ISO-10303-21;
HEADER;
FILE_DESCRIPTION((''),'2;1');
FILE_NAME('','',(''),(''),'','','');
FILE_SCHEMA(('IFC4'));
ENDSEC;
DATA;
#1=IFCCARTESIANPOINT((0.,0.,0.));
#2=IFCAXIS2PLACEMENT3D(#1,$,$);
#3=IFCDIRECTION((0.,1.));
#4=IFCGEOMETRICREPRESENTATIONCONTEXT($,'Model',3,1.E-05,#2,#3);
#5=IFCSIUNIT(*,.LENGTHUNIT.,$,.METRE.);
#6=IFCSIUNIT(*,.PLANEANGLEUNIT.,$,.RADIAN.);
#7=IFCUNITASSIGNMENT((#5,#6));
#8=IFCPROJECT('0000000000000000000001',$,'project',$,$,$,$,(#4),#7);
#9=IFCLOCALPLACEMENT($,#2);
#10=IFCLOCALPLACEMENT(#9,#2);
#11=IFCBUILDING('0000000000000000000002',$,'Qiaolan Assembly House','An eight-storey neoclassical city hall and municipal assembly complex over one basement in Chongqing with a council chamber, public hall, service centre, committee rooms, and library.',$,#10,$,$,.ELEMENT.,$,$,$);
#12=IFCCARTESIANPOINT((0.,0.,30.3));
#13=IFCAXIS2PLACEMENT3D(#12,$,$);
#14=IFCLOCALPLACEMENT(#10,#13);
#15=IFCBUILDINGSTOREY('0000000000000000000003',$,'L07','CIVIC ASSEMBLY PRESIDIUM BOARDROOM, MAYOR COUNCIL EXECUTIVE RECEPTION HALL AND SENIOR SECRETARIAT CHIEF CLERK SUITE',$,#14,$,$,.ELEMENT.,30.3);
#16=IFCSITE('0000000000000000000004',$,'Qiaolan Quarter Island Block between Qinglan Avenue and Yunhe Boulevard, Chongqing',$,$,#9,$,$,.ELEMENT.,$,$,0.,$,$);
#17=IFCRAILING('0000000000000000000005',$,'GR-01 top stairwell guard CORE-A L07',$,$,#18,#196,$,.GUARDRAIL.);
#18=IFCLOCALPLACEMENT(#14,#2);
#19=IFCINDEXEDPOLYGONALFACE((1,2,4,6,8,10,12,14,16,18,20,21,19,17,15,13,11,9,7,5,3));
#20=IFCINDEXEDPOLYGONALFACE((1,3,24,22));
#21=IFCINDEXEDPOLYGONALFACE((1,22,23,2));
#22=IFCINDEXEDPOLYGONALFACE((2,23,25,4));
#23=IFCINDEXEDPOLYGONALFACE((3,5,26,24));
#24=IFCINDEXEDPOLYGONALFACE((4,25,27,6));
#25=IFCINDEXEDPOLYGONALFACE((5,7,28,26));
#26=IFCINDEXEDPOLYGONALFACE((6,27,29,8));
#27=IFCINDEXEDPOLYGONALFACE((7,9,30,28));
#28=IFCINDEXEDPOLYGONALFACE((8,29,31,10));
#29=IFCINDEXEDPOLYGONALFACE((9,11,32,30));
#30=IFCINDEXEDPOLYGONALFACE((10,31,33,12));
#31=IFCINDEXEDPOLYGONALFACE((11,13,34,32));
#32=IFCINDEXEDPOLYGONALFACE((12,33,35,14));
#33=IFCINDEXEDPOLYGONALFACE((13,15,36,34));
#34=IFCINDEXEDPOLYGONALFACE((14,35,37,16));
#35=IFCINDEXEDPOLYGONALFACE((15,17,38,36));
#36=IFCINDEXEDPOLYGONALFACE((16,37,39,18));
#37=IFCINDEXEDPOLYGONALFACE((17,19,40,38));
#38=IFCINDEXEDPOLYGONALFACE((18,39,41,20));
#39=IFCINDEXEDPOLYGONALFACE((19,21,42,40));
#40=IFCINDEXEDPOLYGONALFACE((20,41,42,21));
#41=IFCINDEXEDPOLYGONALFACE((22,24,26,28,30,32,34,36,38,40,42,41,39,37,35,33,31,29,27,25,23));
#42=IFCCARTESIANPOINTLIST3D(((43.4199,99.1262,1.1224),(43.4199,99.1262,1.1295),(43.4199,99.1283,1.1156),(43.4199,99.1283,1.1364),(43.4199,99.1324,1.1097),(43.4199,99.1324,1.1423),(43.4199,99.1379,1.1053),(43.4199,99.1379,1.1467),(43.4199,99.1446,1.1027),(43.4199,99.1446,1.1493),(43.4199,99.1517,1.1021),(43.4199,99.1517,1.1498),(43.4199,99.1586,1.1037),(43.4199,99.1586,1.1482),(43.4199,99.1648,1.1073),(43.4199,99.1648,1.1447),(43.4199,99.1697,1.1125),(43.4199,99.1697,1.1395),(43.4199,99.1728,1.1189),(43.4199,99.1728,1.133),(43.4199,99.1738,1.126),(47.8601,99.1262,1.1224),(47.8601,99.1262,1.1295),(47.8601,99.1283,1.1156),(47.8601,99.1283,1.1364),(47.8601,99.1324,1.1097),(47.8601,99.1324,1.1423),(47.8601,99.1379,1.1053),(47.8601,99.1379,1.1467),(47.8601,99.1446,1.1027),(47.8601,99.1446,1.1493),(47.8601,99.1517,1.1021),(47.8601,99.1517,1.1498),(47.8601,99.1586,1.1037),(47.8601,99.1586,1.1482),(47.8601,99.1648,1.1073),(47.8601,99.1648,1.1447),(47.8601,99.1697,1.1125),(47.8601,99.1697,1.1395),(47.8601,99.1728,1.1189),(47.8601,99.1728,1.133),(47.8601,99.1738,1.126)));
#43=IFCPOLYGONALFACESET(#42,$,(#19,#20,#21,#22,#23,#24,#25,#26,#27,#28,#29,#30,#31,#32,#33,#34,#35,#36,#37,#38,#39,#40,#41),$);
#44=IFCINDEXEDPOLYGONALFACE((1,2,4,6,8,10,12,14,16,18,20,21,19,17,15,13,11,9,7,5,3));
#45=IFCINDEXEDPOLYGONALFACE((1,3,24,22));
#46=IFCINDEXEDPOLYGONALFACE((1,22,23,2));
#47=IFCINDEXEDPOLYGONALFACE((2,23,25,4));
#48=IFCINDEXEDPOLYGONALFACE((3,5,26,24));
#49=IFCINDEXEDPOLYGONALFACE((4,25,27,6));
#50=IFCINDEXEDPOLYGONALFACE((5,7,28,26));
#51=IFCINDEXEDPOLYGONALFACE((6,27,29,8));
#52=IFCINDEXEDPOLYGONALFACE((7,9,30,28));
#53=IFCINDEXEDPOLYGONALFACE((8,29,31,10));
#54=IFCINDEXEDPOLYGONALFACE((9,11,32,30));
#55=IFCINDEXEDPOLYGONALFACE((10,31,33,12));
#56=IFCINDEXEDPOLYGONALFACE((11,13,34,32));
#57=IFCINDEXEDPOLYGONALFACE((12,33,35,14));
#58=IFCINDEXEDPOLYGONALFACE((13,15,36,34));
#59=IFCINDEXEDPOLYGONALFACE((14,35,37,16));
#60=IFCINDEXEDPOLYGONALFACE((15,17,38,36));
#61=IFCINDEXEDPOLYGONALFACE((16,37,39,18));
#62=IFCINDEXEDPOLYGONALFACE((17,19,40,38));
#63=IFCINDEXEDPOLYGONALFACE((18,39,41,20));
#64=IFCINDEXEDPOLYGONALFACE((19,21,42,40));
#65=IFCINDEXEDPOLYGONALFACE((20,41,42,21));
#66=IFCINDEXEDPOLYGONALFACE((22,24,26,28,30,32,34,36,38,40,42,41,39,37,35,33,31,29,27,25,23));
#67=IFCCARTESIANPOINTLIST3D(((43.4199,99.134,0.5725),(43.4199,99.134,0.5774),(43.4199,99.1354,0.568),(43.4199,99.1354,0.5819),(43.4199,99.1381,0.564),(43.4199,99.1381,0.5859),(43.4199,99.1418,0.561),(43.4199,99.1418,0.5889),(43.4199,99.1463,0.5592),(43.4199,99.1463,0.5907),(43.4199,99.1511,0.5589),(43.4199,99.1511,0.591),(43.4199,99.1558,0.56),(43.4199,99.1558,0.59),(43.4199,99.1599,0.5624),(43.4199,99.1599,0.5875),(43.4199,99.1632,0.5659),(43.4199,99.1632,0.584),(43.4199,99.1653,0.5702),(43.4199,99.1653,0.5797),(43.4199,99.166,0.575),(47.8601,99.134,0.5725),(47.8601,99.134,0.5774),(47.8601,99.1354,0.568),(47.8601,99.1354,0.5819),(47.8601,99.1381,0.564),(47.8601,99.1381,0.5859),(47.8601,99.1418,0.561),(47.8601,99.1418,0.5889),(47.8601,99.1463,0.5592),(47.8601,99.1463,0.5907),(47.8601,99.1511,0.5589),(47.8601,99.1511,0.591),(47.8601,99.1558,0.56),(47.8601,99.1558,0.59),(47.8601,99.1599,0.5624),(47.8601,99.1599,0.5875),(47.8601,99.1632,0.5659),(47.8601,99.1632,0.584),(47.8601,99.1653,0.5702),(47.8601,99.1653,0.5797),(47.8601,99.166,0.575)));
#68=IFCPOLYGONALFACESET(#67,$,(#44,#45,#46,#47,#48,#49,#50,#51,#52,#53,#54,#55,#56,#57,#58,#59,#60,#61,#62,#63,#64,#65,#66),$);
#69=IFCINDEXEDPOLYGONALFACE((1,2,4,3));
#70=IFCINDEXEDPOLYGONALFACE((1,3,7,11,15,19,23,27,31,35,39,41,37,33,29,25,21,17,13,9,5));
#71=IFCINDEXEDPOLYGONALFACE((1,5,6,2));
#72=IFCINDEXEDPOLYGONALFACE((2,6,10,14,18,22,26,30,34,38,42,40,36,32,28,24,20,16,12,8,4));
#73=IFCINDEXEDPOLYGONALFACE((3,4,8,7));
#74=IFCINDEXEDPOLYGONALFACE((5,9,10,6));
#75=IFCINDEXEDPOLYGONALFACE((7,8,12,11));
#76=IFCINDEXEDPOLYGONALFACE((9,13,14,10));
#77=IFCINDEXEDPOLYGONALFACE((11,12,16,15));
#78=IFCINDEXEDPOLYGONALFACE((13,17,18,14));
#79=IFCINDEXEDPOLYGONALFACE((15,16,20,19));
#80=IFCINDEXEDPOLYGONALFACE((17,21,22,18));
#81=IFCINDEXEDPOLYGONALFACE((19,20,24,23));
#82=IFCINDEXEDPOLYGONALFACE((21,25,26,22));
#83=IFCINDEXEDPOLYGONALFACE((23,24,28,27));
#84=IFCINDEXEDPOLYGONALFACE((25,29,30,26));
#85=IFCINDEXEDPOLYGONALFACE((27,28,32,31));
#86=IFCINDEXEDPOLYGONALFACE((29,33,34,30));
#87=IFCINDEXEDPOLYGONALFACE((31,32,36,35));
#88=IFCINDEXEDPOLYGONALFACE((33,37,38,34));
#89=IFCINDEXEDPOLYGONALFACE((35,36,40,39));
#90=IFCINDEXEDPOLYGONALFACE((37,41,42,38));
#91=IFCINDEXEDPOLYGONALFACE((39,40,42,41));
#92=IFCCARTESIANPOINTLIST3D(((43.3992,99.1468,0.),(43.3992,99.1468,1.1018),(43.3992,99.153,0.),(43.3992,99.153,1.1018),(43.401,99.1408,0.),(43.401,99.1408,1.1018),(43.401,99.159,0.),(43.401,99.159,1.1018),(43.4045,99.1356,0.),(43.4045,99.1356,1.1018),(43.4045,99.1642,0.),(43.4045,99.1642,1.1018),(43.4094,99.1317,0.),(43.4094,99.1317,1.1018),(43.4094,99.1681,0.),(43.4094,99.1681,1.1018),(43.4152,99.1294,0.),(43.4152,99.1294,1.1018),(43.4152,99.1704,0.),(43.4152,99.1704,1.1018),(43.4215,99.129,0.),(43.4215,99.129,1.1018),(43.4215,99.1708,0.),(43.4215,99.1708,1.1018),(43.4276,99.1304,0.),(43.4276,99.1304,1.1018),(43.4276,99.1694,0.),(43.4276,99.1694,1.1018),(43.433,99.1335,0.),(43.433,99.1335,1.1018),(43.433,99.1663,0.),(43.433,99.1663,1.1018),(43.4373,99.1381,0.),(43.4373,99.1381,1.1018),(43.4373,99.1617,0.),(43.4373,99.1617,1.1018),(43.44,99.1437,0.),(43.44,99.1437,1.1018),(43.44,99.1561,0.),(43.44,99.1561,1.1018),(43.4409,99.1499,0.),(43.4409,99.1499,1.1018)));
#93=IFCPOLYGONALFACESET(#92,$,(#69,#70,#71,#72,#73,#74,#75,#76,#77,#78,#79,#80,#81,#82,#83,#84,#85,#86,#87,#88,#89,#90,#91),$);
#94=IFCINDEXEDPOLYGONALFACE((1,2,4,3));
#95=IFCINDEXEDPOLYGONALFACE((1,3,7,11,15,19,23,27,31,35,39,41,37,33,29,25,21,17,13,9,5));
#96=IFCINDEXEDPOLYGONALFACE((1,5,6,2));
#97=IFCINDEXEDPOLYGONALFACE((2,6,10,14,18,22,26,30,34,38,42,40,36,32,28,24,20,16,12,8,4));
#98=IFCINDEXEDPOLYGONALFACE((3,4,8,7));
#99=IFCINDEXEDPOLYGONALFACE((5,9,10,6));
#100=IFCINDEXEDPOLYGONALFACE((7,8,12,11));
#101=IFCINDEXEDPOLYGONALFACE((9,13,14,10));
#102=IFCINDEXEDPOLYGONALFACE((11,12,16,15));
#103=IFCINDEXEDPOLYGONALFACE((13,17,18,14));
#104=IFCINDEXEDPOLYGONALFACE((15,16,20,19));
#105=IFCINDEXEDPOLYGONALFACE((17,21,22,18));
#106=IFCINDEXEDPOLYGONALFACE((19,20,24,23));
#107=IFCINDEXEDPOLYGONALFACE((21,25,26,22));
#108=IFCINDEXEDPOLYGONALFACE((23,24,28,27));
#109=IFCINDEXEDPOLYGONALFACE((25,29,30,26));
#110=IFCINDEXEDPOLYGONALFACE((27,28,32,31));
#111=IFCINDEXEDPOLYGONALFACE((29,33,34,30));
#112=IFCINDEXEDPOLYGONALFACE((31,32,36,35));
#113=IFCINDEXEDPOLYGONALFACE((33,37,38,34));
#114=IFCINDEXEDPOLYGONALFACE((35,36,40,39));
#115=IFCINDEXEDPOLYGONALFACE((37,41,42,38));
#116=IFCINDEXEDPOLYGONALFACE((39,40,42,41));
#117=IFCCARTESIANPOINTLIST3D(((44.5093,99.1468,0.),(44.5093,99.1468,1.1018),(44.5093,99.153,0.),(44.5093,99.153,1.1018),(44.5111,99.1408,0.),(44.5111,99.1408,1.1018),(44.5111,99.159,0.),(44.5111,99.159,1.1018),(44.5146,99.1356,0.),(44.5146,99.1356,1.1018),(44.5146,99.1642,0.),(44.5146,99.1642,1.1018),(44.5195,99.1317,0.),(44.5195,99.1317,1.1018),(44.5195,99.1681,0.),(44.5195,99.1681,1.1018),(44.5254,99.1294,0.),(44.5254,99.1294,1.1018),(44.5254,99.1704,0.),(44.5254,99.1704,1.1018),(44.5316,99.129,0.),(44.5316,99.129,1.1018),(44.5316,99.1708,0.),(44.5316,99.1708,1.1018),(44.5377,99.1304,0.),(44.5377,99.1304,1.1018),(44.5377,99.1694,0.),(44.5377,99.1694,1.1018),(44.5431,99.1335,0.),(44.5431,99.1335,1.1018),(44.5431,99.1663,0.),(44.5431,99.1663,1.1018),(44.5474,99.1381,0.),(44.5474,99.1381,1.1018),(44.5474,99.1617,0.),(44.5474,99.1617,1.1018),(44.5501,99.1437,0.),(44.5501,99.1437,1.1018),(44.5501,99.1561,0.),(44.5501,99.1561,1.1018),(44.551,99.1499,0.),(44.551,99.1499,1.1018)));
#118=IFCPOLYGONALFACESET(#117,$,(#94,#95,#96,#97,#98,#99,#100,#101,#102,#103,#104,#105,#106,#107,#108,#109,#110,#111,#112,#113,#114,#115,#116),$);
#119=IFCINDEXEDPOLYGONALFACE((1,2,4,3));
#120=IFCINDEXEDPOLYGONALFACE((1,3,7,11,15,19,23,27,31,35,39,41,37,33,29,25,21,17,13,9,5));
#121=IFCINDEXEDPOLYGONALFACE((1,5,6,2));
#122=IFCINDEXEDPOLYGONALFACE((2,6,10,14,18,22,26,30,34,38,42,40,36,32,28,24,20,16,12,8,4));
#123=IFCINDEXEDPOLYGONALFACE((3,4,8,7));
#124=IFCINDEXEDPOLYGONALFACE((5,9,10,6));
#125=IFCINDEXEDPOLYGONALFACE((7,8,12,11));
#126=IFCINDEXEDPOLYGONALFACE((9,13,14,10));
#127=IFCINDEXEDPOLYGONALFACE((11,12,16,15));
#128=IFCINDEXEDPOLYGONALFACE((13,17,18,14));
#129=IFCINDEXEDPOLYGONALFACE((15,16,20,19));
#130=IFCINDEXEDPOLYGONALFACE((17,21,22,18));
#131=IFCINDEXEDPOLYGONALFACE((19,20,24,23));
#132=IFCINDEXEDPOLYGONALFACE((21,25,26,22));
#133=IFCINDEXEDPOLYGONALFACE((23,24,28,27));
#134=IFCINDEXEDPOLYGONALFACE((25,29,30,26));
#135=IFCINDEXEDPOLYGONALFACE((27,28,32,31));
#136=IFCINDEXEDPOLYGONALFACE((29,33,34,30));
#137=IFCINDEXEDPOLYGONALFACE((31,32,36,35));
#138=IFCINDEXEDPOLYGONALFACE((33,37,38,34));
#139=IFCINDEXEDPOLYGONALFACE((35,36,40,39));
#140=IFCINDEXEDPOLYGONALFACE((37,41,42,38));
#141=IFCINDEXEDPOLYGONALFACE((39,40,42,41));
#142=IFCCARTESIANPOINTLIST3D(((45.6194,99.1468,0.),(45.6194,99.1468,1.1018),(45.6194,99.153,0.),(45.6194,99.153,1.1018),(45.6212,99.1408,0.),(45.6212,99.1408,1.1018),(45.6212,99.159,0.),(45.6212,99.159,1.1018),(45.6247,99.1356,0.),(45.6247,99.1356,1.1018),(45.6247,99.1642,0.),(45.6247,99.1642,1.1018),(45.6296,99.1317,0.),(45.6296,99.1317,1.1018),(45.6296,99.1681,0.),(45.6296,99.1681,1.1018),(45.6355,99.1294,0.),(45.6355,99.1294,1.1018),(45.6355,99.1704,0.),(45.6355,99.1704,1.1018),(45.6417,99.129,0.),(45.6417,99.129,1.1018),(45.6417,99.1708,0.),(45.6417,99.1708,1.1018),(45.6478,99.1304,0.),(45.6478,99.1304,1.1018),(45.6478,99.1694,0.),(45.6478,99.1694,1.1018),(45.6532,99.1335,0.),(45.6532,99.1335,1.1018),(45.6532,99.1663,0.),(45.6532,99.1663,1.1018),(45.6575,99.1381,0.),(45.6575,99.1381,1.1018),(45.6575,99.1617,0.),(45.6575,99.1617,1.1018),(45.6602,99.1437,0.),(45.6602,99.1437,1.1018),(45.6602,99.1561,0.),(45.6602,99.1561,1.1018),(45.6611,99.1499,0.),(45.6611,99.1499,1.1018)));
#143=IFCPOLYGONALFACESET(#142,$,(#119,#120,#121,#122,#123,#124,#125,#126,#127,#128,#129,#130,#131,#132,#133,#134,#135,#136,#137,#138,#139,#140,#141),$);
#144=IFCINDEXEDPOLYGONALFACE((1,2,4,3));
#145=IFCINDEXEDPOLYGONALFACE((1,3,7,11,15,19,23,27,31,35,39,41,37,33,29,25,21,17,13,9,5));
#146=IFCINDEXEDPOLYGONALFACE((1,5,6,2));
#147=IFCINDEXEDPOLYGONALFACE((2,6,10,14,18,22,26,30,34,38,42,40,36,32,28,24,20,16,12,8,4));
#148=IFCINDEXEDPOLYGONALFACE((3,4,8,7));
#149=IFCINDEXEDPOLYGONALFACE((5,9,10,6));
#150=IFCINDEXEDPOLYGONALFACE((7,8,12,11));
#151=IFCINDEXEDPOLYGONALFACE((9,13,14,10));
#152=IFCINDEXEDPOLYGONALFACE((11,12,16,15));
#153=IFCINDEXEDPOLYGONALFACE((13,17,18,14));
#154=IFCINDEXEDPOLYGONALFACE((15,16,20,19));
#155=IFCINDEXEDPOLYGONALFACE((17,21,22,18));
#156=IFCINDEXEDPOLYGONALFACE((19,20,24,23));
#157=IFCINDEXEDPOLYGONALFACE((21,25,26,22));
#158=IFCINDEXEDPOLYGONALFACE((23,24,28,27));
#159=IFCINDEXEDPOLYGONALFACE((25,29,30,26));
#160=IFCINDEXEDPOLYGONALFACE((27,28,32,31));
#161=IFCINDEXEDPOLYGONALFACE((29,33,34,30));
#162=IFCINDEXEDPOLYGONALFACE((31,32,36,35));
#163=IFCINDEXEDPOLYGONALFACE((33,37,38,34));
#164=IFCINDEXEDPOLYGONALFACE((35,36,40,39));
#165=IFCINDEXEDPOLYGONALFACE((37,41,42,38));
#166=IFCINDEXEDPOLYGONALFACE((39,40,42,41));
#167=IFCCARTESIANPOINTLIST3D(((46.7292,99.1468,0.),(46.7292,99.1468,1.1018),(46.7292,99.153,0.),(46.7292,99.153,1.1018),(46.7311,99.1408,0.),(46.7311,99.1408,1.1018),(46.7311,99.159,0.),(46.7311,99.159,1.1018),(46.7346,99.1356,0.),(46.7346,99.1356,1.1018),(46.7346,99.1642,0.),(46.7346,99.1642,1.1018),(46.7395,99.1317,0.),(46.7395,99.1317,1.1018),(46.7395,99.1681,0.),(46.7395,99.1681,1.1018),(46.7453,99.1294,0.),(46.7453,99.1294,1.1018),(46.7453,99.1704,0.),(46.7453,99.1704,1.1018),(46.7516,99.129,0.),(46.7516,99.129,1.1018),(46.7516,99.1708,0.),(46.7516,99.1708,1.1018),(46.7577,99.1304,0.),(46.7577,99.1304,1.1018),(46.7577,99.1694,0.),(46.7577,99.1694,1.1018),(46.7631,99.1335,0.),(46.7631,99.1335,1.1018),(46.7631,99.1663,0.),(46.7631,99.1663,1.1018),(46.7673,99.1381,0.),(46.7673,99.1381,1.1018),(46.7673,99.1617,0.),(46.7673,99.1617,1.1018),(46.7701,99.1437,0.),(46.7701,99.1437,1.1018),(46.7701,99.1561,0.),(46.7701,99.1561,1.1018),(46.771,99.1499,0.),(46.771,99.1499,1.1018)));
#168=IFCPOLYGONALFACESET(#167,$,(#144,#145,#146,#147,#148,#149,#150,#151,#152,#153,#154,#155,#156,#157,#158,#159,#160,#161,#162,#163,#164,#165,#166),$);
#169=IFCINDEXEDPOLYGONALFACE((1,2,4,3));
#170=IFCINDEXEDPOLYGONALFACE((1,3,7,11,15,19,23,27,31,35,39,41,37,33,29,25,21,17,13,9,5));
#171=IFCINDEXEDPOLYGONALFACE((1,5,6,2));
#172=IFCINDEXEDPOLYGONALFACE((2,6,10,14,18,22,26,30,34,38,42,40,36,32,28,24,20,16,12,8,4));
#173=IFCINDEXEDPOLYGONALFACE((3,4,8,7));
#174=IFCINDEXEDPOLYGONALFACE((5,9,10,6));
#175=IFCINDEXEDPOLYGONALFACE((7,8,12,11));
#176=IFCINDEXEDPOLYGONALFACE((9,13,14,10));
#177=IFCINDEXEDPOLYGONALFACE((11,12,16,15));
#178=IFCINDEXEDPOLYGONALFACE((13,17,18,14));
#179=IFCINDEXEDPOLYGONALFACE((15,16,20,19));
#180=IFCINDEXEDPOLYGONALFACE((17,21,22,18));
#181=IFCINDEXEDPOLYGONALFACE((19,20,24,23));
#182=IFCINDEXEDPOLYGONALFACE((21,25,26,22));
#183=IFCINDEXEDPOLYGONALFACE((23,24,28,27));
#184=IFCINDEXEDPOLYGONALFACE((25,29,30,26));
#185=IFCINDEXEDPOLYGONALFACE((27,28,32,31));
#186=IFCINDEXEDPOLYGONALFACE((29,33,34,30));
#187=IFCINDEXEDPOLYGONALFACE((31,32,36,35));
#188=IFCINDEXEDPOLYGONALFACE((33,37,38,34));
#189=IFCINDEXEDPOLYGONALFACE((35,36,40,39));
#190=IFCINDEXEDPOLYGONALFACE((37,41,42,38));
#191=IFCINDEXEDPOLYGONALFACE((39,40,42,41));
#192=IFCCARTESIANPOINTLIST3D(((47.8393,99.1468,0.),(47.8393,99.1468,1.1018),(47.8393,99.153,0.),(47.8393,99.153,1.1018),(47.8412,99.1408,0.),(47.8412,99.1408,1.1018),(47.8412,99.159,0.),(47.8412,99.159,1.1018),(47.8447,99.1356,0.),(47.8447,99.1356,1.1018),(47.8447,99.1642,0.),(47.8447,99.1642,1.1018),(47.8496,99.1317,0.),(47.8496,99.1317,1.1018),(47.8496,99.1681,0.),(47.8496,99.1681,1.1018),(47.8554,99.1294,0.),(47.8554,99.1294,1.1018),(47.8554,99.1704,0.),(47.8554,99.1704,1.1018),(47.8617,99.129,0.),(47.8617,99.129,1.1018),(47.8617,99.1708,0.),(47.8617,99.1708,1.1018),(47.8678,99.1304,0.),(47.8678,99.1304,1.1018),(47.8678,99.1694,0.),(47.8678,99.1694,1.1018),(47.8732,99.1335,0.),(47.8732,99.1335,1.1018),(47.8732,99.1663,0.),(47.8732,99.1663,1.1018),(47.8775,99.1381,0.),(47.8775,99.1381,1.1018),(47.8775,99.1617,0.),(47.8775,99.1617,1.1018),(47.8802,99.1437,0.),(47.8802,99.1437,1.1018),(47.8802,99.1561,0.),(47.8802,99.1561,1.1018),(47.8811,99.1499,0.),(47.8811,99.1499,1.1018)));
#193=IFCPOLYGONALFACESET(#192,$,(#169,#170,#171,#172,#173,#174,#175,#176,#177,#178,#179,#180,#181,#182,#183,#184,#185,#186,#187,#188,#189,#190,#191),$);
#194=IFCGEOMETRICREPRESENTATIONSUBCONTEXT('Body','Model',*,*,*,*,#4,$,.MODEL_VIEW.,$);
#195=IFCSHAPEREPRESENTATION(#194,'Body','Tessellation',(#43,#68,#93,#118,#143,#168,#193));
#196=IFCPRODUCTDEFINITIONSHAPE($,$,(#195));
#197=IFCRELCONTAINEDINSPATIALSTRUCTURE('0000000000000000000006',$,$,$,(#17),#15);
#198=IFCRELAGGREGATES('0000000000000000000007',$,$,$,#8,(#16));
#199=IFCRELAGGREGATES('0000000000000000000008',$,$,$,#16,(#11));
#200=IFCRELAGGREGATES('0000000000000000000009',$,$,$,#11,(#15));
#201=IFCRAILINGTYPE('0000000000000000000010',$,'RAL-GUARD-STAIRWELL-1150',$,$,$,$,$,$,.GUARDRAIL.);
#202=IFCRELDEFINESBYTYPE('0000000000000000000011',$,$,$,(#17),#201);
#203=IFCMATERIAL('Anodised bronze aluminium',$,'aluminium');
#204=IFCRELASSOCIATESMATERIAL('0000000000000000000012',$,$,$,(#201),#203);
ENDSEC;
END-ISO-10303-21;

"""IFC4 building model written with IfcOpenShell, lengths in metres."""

from ifc_helpers import new_model, si_unit, direction, frame, origin, origin_2d, place, context, subcontext, project, spatial, circle, extrude, material, type_object, element, save


model = new_model("IFC4")

# Units and contexts
model_context = context("Model", 3, precision=1e-05, world=origin(), true_north=direction((0.0, 1.0)))
body_context = subcontext(model_context, "Body", "Model", "MODEL_VIEW")
ifc_project = project(units=[si_unit("LENGTHUNIT", "METRE"), si_unit("PLANEANGLEUNIT", "RADIAN")], contexts=[model_context])

# Site, building, storey
site_placement = place(None, origin())
site = spatial("IfcSite", under=ifc_project, at=site_placement, Name="Qiaolan Quarter Island Block between Qinglan Avenue and Yunhe Boulevard, Chongqing", CompositionType="ELEMENT", RefElevation=0.0)
building_placement = place(site_placement, origin())
building = spatial("IfcBuilding", under=site, at=building_placement, Name="Qiaolan Assembly House", Description="An eight-storey neoclassical city hall and municipal assembly complex over one basement in Chongqing with a council chamber, public hall, service centre, committee rooms, and library.", CompositionType="ELEMENT")
storey_placement = place(building_placement, frame((0.0, 0.0, 30.3)))
storey = spatial("IfcBuildingStorey", under=building, at=storey_placement, Name="L07", Description="CIVIC ASSEMBLY PRESIDIUM BOARDROOM, MAYOR COUNCIL EXECUTIVE RECEPTION HALL AND SENIOR SECRETARIAT CHIEF CLERK SUITE", CompositionType="ELEMENT", Elevation=30.3)

# Shared definitions
ifc_material_1 = material(Name="Anodised bronze aluminium", Category="aluminium")

# Railing
railing_type_1 = type_object("IfcRailingType", Name="RAL-GUARD-STAIRWELL-1150", PredefinedType="GUARDRAIL", material=ifc_material_1)
railing_1_placement = place(storey_placement, frame((43.4199, 99.1499, 0.0)))
element("IfcRailing", 1, at=railing_1_placement, inside=storey, type_object=railing_type_1, Name="GR-01 top stairwell guard CORE-A L07", PredefinedType="GUARDRAIL", context=body_context, shape_type="SweptSolid", body=[
    extrude(circle(Radius=0.0239, at=origin_2d()), frame((0.0, 0.0, 1.126), z_axis=(1.0, 0.0, 0.0), x_axis=(0.0, 1.0, 0.0)), (0.0, 0.0, 1.0), 4.4402),
    extrude(circle(Radius=0.0161, at=origin_2d()), frame((0.0, 0.0, 0.575), z_axis=(1.0, 0.0, 0.0), x_axis=(0.0, 1.0, 0.0)), (0.0, 0.0, 1.0), 4.4402),
    extrude(circle(Radius=0.021, at=origin_2d()), origin(), (0.0, 0.0, 1.0), 1.1018),
    extrude(circle(Radius=0.021, at=origin_2d()), frame((1.1101, 0.0, 0.0)), (0.0, 0.0, 1.0), 1.1018),
    extrude(circle(Radius=0.021, at=origin_2d()), frame((2.2202, 0.0, 0.0)), (0.0, 0.0, 1.0), 1.1018),
    extrude(circle(Radius=0.021, at=origin_2d()), frame((3.3301, 0.0, 0.0)), (0.0, 0.0, 1.0), 1.1018),
    extrude(circle(Radius=0.021, at=origin_2d()), frame((4.4402, 0.0, 0.0)), (0.0, 0.0, 1.0), 1.1018),
])

save(model, "model.ifc")
